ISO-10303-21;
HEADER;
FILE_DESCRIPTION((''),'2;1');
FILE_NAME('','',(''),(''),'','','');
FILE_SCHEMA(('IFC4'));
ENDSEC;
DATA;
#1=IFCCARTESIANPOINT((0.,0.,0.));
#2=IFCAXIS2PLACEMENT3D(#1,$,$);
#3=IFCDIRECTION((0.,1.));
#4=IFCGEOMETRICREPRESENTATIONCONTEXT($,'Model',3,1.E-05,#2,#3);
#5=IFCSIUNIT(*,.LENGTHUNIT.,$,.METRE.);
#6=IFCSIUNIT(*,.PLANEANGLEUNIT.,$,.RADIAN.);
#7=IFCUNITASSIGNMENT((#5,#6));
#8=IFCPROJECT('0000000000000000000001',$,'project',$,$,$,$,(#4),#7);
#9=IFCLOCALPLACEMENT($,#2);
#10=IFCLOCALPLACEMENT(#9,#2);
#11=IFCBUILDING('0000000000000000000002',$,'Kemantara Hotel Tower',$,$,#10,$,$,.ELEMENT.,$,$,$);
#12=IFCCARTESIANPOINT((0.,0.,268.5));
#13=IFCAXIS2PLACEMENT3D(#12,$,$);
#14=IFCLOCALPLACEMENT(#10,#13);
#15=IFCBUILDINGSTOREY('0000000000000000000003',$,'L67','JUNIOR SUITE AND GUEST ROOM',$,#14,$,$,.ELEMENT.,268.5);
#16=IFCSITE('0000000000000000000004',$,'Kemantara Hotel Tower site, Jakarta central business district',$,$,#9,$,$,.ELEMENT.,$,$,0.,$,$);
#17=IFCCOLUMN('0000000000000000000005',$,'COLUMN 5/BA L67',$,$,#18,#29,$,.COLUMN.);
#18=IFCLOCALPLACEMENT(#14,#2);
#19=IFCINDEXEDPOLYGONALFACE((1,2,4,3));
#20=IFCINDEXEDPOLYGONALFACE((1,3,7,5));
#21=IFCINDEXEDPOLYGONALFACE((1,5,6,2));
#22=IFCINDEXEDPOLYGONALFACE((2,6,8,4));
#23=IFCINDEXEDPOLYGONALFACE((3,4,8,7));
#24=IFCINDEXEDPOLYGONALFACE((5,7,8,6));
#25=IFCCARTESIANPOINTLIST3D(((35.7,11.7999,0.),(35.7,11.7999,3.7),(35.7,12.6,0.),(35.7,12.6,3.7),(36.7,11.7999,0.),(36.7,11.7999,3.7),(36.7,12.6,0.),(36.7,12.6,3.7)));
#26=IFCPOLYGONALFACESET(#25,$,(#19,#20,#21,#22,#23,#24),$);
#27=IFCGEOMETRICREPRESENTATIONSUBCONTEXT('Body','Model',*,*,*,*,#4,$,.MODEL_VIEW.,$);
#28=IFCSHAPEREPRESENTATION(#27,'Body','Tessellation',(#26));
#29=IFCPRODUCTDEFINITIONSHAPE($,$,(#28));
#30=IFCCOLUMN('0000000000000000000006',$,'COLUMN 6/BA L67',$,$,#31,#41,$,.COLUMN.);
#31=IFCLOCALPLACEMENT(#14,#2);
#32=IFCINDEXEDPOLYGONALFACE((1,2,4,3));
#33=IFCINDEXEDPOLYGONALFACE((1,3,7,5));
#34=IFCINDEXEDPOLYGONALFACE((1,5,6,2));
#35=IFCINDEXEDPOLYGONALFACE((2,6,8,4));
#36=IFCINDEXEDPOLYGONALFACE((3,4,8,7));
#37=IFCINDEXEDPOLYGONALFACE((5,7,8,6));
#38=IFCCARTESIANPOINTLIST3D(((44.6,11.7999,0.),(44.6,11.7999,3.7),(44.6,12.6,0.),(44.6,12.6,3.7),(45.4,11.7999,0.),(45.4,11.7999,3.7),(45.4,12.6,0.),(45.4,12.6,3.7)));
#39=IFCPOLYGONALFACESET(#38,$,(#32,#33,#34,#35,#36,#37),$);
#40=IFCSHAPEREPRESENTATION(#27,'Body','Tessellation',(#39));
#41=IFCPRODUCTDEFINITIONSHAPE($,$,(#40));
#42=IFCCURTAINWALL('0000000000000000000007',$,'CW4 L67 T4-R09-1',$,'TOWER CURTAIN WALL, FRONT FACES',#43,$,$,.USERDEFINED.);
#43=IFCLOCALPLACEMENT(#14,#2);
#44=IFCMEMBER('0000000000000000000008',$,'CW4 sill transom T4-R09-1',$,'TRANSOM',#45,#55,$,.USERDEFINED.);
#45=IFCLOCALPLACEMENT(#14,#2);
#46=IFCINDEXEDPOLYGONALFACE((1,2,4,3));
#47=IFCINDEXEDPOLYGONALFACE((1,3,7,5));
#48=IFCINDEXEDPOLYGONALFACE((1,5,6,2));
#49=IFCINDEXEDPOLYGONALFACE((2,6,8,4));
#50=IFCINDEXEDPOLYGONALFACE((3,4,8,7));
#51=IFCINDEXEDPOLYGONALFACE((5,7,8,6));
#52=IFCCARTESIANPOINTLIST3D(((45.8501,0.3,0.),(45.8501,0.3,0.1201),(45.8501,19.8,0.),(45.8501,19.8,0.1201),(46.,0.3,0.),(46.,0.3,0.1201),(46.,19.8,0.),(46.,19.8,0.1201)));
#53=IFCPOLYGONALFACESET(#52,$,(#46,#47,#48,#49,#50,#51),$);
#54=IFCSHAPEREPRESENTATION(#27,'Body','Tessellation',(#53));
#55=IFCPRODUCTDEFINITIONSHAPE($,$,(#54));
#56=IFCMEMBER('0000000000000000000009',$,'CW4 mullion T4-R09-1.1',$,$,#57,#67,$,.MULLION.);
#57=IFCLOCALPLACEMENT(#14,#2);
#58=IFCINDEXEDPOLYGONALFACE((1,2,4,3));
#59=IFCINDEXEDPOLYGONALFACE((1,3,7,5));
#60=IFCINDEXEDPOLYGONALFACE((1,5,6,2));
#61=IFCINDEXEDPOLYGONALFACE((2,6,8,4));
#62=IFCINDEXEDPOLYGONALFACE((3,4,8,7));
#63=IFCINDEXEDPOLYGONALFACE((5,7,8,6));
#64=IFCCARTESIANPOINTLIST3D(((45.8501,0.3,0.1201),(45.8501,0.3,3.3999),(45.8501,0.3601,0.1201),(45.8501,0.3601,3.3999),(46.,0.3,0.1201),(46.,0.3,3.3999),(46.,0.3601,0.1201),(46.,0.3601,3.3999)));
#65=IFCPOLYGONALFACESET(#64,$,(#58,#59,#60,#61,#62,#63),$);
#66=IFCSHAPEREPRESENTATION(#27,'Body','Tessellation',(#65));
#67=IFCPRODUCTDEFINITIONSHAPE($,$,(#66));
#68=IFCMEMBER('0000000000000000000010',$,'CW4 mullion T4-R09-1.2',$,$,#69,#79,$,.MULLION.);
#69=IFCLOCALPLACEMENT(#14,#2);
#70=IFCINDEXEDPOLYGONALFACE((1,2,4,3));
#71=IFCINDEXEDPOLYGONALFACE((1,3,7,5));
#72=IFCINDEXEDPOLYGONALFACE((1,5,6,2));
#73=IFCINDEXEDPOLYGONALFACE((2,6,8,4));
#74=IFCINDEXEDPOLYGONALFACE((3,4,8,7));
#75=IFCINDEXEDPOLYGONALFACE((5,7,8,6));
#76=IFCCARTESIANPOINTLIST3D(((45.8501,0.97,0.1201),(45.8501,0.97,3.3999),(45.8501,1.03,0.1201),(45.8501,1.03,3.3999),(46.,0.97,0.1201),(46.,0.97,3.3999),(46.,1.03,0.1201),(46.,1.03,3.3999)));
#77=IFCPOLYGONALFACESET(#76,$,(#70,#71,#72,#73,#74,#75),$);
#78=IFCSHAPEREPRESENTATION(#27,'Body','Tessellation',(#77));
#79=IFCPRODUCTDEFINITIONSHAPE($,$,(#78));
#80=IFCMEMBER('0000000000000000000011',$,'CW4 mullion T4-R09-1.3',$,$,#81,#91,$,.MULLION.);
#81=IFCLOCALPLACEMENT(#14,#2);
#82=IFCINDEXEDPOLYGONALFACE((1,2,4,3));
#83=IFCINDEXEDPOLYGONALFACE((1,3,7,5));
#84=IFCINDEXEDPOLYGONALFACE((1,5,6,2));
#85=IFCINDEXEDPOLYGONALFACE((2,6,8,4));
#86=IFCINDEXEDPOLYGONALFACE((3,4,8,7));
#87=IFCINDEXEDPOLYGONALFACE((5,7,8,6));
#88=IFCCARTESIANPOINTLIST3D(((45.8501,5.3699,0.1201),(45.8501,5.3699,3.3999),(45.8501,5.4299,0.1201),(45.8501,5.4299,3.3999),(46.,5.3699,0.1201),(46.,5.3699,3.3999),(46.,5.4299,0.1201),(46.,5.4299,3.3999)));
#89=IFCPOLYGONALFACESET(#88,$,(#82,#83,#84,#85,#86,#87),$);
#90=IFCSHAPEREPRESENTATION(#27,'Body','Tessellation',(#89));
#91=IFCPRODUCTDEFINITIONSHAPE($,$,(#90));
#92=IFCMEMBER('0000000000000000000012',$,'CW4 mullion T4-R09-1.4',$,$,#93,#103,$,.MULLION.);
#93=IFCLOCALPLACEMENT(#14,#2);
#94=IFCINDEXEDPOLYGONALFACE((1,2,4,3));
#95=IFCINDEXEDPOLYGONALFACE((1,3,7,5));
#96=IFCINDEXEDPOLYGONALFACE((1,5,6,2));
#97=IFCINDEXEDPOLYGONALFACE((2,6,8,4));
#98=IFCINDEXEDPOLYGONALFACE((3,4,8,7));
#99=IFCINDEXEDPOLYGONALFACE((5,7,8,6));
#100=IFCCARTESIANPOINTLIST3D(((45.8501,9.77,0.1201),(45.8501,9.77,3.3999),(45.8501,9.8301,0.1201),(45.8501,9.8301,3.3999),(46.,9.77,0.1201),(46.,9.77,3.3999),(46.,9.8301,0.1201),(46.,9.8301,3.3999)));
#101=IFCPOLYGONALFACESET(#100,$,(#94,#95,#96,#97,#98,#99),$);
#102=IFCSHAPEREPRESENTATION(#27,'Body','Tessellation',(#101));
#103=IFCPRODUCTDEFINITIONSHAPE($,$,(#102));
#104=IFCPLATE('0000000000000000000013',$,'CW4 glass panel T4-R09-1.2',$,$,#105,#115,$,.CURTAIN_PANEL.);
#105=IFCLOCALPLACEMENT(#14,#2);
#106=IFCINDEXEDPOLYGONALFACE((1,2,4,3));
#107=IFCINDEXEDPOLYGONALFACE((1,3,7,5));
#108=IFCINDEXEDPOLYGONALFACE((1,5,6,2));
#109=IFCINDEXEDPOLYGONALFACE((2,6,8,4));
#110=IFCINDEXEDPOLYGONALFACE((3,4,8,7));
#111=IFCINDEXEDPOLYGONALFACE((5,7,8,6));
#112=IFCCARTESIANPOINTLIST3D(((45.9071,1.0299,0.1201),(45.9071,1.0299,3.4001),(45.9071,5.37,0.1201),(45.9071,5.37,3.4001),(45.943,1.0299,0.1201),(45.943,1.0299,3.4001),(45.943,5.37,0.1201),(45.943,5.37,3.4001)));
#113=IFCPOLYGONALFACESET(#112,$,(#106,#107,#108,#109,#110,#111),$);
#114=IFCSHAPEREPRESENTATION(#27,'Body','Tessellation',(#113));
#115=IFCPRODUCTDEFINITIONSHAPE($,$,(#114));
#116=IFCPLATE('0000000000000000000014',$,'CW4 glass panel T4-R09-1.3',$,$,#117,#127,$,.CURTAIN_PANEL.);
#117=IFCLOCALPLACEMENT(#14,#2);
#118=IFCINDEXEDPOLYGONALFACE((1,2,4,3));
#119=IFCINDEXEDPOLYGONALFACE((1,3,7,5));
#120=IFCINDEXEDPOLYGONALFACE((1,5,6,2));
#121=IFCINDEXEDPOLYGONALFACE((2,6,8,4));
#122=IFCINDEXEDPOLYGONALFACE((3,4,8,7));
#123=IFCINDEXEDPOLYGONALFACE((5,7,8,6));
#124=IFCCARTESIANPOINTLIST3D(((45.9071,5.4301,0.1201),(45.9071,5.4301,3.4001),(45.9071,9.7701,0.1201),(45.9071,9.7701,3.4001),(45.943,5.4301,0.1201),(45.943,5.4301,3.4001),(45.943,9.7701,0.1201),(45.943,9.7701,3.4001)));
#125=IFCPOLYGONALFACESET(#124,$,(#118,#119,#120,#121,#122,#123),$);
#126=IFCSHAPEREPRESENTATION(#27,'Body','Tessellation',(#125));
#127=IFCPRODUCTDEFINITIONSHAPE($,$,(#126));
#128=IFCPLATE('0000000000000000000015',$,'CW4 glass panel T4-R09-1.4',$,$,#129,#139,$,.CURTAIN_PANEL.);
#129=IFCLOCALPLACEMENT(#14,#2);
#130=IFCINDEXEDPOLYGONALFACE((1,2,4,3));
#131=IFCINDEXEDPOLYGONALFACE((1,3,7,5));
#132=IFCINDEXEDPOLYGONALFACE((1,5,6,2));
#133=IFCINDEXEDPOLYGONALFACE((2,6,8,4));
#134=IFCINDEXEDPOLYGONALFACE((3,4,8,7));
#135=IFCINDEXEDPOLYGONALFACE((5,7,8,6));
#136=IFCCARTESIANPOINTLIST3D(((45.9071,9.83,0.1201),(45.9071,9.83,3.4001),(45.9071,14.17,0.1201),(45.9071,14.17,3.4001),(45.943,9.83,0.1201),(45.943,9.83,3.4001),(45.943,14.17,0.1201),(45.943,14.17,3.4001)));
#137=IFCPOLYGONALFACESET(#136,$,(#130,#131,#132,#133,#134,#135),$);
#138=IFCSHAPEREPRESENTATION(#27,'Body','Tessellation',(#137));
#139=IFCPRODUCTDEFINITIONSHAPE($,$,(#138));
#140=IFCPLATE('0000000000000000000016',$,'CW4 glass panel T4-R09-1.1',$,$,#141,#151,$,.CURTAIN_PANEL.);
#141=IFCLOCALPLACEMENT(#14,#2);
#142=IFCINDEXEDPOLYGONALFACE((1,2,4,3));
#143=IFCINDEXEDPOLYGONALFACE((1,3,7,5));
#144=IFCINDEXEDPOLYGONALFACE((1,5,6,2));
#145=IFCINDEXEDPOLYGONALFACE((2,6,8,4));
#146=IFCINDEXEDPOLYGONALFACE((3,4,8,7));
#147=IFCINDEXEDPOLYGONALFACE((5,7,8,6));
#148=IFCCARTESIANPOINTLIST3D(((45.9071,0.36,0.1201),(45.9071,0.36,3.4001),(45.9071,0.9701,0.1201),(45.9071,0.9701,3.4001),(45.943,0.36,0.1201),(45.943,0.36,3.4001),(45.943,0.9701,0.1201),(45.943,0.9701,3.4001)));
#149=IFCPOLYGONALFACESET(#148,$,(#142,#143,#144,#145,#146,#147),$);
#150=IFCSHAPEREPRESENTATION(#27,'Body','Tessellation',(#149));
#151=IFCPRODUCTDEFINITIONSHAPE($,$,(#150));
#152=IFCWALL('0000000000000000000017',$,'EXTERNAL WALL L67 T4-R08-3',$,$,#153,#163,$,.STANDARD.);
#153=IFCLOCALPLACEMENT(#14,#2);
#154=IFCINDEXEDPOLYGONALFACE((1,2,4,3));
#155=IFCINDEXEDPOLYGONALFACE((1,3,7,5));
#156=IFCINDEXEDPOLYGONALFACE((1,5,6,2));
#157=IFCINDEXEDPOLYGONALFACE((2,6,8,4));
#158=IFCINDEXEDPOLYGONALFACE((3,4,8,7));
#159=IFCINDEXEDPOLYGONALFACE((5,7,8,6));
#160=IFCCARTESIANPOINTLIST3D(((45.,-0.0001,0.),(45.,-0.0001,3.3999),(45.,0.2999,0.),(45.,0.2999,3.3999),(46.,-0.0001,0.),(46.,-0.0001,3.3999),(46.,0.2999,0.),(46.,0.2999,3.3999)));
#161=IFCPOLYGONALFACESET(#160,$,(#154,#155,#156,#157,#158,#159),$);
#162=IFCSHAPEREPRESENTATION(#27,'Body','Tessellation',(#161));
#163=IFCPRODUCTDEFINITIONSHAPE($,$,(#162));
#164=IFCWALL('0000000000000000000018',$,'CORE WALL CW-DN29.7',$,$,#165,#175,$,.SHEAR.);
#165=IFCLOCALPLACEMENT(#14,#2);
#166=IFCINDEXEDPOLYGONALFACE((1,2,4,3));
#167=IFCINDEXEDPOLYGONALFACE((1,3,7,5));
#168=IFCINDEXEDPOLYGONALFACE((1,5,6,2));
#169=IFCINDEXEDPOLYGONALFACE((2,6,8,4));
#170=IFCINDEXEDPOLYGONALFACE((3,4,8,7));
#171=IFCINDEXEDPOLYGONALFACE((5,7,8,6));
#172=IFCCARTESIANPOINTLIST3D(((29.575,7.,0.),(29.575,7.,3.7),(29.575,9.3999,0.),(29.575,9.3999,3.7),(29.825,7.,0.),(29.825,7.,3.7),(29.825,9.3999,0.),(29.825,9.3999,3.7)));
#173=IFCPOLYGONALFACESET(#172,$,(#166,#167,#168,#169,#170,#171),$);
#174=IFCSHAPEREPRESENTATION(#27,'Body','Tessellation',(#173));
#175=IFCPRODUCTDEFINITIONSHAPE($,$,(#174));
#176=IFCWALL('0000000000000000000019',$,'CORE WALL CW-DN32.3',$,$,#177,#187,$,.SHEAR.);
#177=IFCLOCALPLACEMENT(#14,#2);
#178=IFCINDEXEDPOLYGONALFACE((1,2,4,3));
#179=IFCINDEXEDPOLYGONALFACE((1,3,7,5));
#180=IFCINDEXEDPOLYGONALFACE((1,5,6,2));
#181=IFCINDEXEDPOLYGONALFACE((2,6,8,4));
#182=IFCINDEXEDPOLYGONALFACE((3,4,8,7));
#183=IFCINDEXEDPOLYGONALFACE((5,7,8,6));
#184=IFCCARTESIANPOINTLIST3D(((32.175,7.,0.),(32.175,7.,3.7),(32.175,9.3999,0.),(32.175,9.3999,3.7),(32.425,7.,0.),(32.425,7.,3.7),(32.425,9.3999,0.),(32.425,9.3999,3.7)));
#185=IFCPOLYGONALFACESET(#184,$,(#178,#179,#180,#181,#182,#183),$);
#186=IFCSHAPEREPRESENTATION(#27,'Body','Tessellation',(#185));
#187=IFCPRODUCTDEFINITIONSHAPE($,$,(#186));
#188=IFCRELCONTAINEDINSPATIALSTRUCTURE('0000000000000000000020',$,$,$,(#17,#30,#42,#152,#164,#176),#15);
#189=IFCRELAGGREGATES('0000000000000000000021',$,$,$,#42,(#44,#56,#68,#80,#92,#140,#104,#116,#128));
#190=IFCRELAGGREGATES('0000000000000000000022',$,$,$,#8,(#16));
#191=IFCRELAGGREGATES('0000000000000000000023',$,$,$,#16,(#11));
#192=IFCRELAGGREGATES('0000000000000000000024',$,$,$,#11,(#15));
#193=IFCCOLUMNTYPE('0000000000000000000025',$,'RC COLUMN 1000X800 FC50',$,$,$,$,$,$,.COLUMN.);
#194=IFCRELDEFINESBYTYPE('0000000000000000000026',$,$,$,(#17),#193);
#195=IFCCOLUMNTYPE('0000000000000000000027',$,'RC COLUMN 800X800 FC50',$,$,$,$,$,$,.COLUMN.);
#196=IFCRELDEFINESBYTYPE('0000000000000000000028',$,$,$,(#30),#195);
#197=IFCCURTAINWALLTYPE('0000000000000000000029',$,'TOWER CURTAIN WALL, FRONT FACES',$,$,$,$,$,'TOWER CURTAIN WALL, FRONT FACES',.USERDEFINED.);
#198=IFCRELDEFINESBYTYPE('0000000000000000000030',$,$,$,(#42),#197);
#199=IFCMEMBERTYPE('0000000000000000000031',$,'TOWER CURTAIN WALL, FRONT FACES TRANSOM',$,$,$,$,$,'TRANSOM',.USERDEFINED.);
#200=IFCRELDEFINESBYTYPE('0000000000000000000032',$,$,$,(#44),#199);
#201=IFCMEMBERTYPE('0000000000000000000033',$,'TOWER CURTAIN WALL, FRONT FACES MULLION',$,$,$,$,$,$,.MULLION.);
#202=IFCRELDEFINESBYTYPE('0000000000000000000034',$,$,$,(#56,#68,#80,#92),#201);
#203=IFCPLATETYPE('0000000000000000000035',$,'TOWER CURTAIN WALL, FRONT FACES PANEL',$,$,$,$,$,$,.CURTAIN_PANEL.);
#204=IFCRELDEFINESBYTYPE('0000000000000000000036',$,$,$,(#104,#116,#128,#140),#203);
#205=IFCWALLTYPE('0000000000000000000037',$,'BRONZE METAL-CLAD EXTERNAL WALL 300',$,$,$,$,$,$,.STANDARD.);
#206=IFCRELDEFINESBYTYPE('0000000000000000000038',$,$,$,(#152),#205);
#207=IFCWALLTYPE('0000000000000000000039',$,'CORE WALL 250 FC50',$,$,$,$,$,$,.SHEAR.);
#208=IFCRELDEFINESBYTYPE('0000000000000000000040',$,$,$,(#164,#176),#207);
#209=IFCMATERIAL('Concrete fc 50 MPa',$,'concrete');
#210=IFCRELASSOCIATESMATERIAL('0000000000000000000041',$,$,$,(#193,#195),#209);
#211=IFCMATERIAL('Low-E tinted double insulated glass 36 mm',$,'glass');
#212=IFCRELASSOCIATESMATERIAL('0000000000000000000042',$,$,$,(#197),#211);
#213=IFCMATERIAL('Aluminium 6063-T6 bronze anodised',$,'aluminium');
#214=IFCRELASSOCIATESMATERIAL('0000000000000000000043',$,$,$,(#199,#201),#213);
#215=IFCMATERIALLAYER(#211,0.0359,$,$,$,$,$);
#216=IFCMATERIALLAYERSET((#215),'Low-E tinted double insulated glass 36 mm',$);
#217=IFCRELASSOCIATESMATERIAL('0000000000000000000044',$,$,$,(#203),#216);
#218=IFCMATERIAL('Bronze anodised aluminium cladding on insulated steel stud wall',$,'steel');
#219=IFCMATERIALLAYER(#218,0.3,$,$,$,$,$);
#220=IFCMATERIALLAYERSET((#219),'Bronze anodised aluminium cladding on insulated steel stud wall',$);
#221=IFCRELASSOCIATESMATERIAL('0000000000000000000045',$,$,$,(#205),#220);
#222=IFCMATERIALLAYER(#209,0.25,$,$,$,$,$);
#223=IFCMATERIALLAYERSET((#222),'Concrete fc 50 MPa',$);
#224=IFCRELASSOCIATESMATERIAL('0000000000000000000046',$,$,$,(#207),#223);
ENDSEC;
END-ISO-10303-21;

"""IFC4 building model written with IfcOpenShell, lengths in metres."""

from ifc_helpers import new_model, si_unit, direction, frame, frame_2d, origin, origin_2d, place, context, subcontext, project, spatial, rectangle, extrude, source, transform, mapped, material, layer, layer_set, material_profile, profile_set, type_object, element, aggregate, save


model = new_model("IFC4")

# Units and contexts
model_context = context("Model", 3, precision=1e-05, world=origin(), true_north=direction((0.0, 1.0)))
body_context = subcontext(model_context, "Body", "Model", "MODEL_VIEW")
ifc_project = project(units=[si_unit("LENGTHUNIT", "METRE"), si_unit("PLANEANGLEUNIT", "RADIAN")], contexts=[model_context])

# Site, building, storey
site_placement = place(None, origin())
site = spatial("IfcSite", under=ifc_project, at=site_placement, Name="Kemantara Hotel Tower site, Jakarta central business district", CompositionType="ELEMENT", RefElevation=0.0)
building_placement = place(site_placement, origin())
building = spatial("IfcBuilding", under=site, at=building_placement, Name="Kemantara Hotel Tower", CompositionType="ELEMENT")
storey_placement = place(building_placement, frame((0.0, 0.0, 268.5)))
storey = spatial("IfcBuildingStorey", under=building, at=storey_placement, Name="L67", Description="JUNIOR SUITE AND GUEST ROOM", CompositionType="ELEMENT", Elevation=268.5)

# Columns
ifc_material_1 = material(Name="Concrete fc 50 MPa", Category="concrete")
ifc_material_profile_1 = material_profile(ifc_material_1, rectangle(XDim=1.0, YDim=0.8, at=origin_2d()), Name="RC 1000X800")
ifc_profile_set_1 = profile_set([ifc_material_profile_1], Name="Concrete fc 50 MPa")
column_type_1 = type_object("IfcColumnType", Name="RC COLUMN 1000X800 FC50", PredefinedType="COLUMN", material=ifc_profile_set_1)
column_1_placement = place(storey_placement, frame((36.2, 12.2, 0.0), z_axis=(0.0, 0.0, 1.0), x_axis=(1.0, 0.0, 0.0)))
element("IfcColumn", 1, at=column_1_placement, inside=storey, type_object=column_type_1, Name="COLUMN 5/BA L67", PredefinedType="COLUMN", context=body_context, shape_type="SweptSolid", body=[
    extrude(rectangle(XDim=1.0, YDim=0.8, at=origin_2d()), origin(), (0.0, 0.0, 1.0), 3.7),
])
ifc_material_profile_2 = material_profile(ifc_material_1, rectangle(XDim=0.8, YDim=0.8, at=origin_2d()), Name="RC 800X800")
ifc_profile_set_2 = profile_set([ifc_material_profile_2], Name="Concrete fc 50 MPa")
column_type_2 = type_object("IfcColumnType", Name="RC COLUMN 800X800 FC50", PredefinedType="COLUMN", material=ifc_profile_set_2)
column_2_placement = place(storey_placement, frame((45.0, 12.2, 0.0), z_axis=(0.0, 0.0, 1.0), x_axis=(1.0, 0.0, 0.0)))
element("IfcColumn", 2, at=column_2_placement, inside=storey, type_object=column_type_2, Name="COLUMN 6/BA L67", PredefinedType="COLUMN", context=body_context, shape_type="SweptSolid", body=[
    extrude(rectangle(XDim=0.8, YDim=0.8, at=origin_2d()), origin(), (0.0, 0.0, 1.0), 3.7),
])

# Curtain wall, members, plates
ifc_material_2 = material(Name="Low-E tinted double insulated glass 36 mm", Category="glass")
curtain_wall_type = type_object("IfcCurtainWallType", Name="TOWER CURTAIN WALL, FRONT FACES", ElementType="TOWER CURTAIN WALL, FRONT FACES", PredefinedType="USERDEFINED", material=ifc_material_2)
curtain_wall_placement = place(storey_placement, origin())
curtain_wall = element("IfcCurtainWall", 3, at=curtain_wall_placement, inside=storey, type_object=curtain_wall_type, Name="CW4 L67 T4-R09-1", ObjectType="TOWER CURTAIN WALL, FRONT FACES", PredefinedType="USERDEFINED")
ifc_material_3 = material(Name="Aluminium 6063-T6 bronze anodised", Category="aluminium")
ifc_material_profile_3 = material_profile(ifc_material_3, rectangle(XDim=0.1499, YDim=0.1201, at=origin_2d()), Name="TOWER CURTAIN WALL, FRONT FACES TRANSOM")
ifc_profile_set_3 = profile_set([ifc_material_profile_3], Name="Aluminium 6063-T6 bronze anodised")
member_type_1 = type_object("IfcMemberType", Name="TOWER CURTAIN WALL, FRONT FACES TRANSOM", ElementType="TRANSOM", PredefinedType="USERDEFINED", material=ifc_profile_set_3)
member_1_placement = place(storey_placement, frame((45.925, 0.3, 0.0601), z_axis=(0.0, 1.0, 0.0), x_axis=(-1.0, 0.0, 0.0)))
member_1 = element("IfcMember", 4, at=member_1_placement, type_object=member_type_1, Name="CW4 sill transom T4-R09-1", ObjectType="TRANSOM", PredefinedType="USERDEFINED", context=body_context, shape_type="SweptSolid", body=[
    extrude(rectangle(XDim=0.1499, YDim=0.1201, at=origin_2d()), origin(), (0.0, 0.0, 1.0), 19.5),
])
ifc_material_profile_4 = material_profile(ifc_material_3, rectangle(XDim=0.1499, YDim=0.0601, at=origin_2d()), Name="TOWER CURTAIN WALL, FRONT FACES MULLION")
ifc_profile_set_4 = profile_set([ifc_material_profile_4], Name="Aluminium 6063-T6 bronze anodised")
member_type_2 = type_object("IfcMemberType", Name="TOWER CURTAIN WALL, FRONT FACES MULLION", PredefinedType="MULLION", material=ifc_profile_set_4)
shared_shape_1 = source(origin(), body_context, "Body", "SweptSolid", [
    extrude(rectangle(XDim=0.1499, YDim=0.0601, at=origin_2d()), origin(), (0.0, 0.0, 1.0), 3.2798),
])
member_2_placement = place(storey_placement, frame((45.925, 0.3301, 0.1201), z_axis=(0.0, 0.0, 1.0), x_axis=(-1.0, 0.0, 0.0)))
member_2 = element("IfcMember", 5, at=member_2_placement, type_object=member_type_2, Name="CW4 mullion T4-R09-1.1", PredefinedType="MULLION", context=body_context, shape_type="MappedRepresentation", body=[
    mapped(shared_shape_1, transform((0.0, 0.0, 0.0))),
])
member_3_placement = place(storey_placement, frame((45.925, 1.0, 0.1201), z_axis=(0.0, 0.0, 1.0), x_axis=(-1.0, 0.0, 0.0)))
member_3 = element("IfcMember", 6, at=member_3_placement, type_object=member_type_2, Name="CW4 mullion T4-R09-1.2", PredefinedType="MULLION", context=body_context, shape_type="MappedRepresentation", body=[
    mapped(shared_shape_1, transform((0.0, 0.0, 0.0))),
])
member_4_placement = place(storey_placement, frame((45.925, 5.3999, 0.1201), z_axis=(0.0, 0.0, 1.0), x_axis=(-1.0, 0.0, 0.0)))
member_4 = element("IfcMember", 7, at=member_4_placement, type_object=member_type_2, Name="CW4 mullion T4-R09-1.3", PredefinedType="MULLION", context=body_context, shape_type="MappedRepresentation", body=[
    mapped(shared_shape_1, transform((0.0, 0.0, 0.0))),
])
member_5_placement = place(storey_placement, frame((45.925, 9.8, 0.1201), z_axis=(0.0, 0.0, 1.0), x_axis=(-1.0, 0.0, 0.0)))
member_5 = element("IfcMember", 8, at=member_5_placement, type_object=member_type_2, Name="CW4 mullion T4-R09-1.4", PredefinedType="MULLION", context=body_context, shape_type="MappedRepresentation", body=[
    mapped(shared_shape_1, transform((0.0, 0.0, 0.0))),
])
ifc_layer_1 = layer(ifc_material_2, 0.0359)
ifc_layer_set_1 = layer_set([ifc_layer_1], Name="Low-E tinted double insulated glass 36 mm")
plate_type = type_object("IfcPlateType", Name="TOWER CURTAIN WALL, FRONT FACES PANEL", PredefinedType="CURTAIN_PANEL", material=ifc_layer_set_1)
shared_shape_2 = source(origin(), body_context, "Body", "SweptSolid", [
    extrude(rectangle(XDim=4.3401, YDim=0.0359, at=origin_2d()), origin(), (0.0, 0.0, 1.0), 3.28),
])
plate_1_placement = place(storey_placement, frame((45.925, 3.2, 0.1201), z_axis=(0.0, 0.0, 1.0), x_axis=(0.0, 1.0, 0.0)))
plate_1 = element("IfcPlate", 9, at=plate_1_placement, type_object=plate_type, Name="CW4 glass panel T4-R09-1.2", PredefinedType="CURTAIN_PANEL", context=body_context, shape_type="MappedRepresentation", body=[
    mapped(shared_shape_2, transform((0.0, 0.0, 0.0))),
])
plate_2_placement = place(storey_placement, frame((45.925, 7.6001, 0.1201), z_axis=(0.0, 0.0, 1.0), x_axis=(0.0, 1.0, 0.0)))
plate_2 = element("IfcPlate", 10, at=plate_2_placement, type_object=plate_type, Name="CW4 glass panel T4-R09-1.3", PredefinedType="CURTAIN_PANEL", context=body_context, shape_type="MappedRepresentation", body=[
    mapped(shared_shape_2, transform((0.0, 0.0, 0.0))),
])
plate_3_placement = place(storey_placement, frame((45.925, 12.0, 0.1201), z_axis=(0.0, 0.0, 1.0), x_axis=(0.0, 1.0, 0.0)))
plate_3 = element("IfcPlate", 11, at=plate_3_placement, type_object=plate_type, Name="CW4 glass panel T4-R09-1.4", PredefinedType="CURTAIN_PANEL", context=body_context, shape_type="MappedRepresentation", body=[
    mapped(shared_shape_2, transform((0.0, 0.0, 0.0))),
])
shared_shape_3 = source(origin(), body_context, "Body", "SweptSolid", [
    extrude(rectangle(XDim=0.6101, YDim=0.0359, at=origin_2d()), origin(), (0.0, 0.0, 1.0), 3.28),
])
plate_4_placement = place(storey_placement, frame((45.925, 0.665, 0.1201), z_axis=(0.0, 0.0, 1.0), x_axis=(0.0, 1.0, 0.0)))
plate_4 = element("IfcPlate", 12, at=plate_4_placement, type_object=plate_type, Name="CW4 glass panel T4-R09-1.1", PredefinedType="CURTAIN_PANEL", context=body_context, shape_type="MappedRepresentation", body=[
    mapped(shared_shape_3, transform((0.0, 0.0, 0.0))),
])
aggregate(curtain_wall, [member_1, member_2, member_3, member_4, member_5, plate_4, plate_1, plate_2, plate_3])

# Walls
ifc_material_4 = material(Name="Bronze anodised aluminium cladding on insulated steel stud wall", Category="steel")
ifc_layer_2 = layer(ifc_material_4, 0.3)
ifc_layer_set_2 = layer_set([ifc_layer_2], Name="Bronze anodised aluminium cladding on insulated steel stud wall")
wall_type_1 = type_object("IfcWallType", Name="BRONZE METAL-CLAD EXTERNAL WALL 300", PredefinedType="STANDARD", material=ifc_layer_set_2)
wall_1_placement = place(storey_placement, frame((45.0, 0.1499, 0.0), z_axis=(0.0, 0.0, 1.0), x_axis=(1.0, 0.0, 0.0)))
element("IfcWall", 13, at=wall_1_placement, inside=storey, type_object=wall_type_1, Name="EXTERNAL WALL L67 T4-R08-3", PredefinedType="STANDARD", context=body_context, shape_type="SweptSolid", body=[
    extrude(rectangle(XDim=1.0, YDim=0.3, at=frame_2d((0.5, 0.0))), origin(), (0.0, 0.0, 1.0), 3.3999),
])
ifc_layer_3 = layer(ifc_material_1, 0.25)
ifc_layer_set_3 = layer_set([ifc_layer_3], Name="Concrete fc 50 MPa")
wall_type_2 = type_object("IfcWallType", Name="CORE WALL 250 FC50", PredefinedType="SHEAR", material=ifc_layer_set_3)
for number, where, z_axis, x_axis, name in (
    (14, (29.7, 7.0, 0.0), (0.0, 0.0, 1.0), (0.0, 1.0, 0.0), "CORE WALL CW-DN29.7"),
    (15, (32.3, 7.0, 0.0), (0.0, 0.0, 1.0), (0.0, 1.0, 0.0), "CORE WALL CW-DN32.3"),
):
    element("IfcWall", number, at=place(storey_placement, frame(where, z_axis=z_axis, x_axis=x_axis)), inside=storey, type_object=wall_type_2, Name=name, PredefinedType="SHEAR", context=body_context, shape_type="SweptSolid", body=[
        extrude(rectangle(XDim=2.3999, YDim=0.25, at=frame_2d((1.2, 0.0))), origin(), (0.0, 0.0, 1.0), 3.7),
    ])

save(model, "model.ifc")
